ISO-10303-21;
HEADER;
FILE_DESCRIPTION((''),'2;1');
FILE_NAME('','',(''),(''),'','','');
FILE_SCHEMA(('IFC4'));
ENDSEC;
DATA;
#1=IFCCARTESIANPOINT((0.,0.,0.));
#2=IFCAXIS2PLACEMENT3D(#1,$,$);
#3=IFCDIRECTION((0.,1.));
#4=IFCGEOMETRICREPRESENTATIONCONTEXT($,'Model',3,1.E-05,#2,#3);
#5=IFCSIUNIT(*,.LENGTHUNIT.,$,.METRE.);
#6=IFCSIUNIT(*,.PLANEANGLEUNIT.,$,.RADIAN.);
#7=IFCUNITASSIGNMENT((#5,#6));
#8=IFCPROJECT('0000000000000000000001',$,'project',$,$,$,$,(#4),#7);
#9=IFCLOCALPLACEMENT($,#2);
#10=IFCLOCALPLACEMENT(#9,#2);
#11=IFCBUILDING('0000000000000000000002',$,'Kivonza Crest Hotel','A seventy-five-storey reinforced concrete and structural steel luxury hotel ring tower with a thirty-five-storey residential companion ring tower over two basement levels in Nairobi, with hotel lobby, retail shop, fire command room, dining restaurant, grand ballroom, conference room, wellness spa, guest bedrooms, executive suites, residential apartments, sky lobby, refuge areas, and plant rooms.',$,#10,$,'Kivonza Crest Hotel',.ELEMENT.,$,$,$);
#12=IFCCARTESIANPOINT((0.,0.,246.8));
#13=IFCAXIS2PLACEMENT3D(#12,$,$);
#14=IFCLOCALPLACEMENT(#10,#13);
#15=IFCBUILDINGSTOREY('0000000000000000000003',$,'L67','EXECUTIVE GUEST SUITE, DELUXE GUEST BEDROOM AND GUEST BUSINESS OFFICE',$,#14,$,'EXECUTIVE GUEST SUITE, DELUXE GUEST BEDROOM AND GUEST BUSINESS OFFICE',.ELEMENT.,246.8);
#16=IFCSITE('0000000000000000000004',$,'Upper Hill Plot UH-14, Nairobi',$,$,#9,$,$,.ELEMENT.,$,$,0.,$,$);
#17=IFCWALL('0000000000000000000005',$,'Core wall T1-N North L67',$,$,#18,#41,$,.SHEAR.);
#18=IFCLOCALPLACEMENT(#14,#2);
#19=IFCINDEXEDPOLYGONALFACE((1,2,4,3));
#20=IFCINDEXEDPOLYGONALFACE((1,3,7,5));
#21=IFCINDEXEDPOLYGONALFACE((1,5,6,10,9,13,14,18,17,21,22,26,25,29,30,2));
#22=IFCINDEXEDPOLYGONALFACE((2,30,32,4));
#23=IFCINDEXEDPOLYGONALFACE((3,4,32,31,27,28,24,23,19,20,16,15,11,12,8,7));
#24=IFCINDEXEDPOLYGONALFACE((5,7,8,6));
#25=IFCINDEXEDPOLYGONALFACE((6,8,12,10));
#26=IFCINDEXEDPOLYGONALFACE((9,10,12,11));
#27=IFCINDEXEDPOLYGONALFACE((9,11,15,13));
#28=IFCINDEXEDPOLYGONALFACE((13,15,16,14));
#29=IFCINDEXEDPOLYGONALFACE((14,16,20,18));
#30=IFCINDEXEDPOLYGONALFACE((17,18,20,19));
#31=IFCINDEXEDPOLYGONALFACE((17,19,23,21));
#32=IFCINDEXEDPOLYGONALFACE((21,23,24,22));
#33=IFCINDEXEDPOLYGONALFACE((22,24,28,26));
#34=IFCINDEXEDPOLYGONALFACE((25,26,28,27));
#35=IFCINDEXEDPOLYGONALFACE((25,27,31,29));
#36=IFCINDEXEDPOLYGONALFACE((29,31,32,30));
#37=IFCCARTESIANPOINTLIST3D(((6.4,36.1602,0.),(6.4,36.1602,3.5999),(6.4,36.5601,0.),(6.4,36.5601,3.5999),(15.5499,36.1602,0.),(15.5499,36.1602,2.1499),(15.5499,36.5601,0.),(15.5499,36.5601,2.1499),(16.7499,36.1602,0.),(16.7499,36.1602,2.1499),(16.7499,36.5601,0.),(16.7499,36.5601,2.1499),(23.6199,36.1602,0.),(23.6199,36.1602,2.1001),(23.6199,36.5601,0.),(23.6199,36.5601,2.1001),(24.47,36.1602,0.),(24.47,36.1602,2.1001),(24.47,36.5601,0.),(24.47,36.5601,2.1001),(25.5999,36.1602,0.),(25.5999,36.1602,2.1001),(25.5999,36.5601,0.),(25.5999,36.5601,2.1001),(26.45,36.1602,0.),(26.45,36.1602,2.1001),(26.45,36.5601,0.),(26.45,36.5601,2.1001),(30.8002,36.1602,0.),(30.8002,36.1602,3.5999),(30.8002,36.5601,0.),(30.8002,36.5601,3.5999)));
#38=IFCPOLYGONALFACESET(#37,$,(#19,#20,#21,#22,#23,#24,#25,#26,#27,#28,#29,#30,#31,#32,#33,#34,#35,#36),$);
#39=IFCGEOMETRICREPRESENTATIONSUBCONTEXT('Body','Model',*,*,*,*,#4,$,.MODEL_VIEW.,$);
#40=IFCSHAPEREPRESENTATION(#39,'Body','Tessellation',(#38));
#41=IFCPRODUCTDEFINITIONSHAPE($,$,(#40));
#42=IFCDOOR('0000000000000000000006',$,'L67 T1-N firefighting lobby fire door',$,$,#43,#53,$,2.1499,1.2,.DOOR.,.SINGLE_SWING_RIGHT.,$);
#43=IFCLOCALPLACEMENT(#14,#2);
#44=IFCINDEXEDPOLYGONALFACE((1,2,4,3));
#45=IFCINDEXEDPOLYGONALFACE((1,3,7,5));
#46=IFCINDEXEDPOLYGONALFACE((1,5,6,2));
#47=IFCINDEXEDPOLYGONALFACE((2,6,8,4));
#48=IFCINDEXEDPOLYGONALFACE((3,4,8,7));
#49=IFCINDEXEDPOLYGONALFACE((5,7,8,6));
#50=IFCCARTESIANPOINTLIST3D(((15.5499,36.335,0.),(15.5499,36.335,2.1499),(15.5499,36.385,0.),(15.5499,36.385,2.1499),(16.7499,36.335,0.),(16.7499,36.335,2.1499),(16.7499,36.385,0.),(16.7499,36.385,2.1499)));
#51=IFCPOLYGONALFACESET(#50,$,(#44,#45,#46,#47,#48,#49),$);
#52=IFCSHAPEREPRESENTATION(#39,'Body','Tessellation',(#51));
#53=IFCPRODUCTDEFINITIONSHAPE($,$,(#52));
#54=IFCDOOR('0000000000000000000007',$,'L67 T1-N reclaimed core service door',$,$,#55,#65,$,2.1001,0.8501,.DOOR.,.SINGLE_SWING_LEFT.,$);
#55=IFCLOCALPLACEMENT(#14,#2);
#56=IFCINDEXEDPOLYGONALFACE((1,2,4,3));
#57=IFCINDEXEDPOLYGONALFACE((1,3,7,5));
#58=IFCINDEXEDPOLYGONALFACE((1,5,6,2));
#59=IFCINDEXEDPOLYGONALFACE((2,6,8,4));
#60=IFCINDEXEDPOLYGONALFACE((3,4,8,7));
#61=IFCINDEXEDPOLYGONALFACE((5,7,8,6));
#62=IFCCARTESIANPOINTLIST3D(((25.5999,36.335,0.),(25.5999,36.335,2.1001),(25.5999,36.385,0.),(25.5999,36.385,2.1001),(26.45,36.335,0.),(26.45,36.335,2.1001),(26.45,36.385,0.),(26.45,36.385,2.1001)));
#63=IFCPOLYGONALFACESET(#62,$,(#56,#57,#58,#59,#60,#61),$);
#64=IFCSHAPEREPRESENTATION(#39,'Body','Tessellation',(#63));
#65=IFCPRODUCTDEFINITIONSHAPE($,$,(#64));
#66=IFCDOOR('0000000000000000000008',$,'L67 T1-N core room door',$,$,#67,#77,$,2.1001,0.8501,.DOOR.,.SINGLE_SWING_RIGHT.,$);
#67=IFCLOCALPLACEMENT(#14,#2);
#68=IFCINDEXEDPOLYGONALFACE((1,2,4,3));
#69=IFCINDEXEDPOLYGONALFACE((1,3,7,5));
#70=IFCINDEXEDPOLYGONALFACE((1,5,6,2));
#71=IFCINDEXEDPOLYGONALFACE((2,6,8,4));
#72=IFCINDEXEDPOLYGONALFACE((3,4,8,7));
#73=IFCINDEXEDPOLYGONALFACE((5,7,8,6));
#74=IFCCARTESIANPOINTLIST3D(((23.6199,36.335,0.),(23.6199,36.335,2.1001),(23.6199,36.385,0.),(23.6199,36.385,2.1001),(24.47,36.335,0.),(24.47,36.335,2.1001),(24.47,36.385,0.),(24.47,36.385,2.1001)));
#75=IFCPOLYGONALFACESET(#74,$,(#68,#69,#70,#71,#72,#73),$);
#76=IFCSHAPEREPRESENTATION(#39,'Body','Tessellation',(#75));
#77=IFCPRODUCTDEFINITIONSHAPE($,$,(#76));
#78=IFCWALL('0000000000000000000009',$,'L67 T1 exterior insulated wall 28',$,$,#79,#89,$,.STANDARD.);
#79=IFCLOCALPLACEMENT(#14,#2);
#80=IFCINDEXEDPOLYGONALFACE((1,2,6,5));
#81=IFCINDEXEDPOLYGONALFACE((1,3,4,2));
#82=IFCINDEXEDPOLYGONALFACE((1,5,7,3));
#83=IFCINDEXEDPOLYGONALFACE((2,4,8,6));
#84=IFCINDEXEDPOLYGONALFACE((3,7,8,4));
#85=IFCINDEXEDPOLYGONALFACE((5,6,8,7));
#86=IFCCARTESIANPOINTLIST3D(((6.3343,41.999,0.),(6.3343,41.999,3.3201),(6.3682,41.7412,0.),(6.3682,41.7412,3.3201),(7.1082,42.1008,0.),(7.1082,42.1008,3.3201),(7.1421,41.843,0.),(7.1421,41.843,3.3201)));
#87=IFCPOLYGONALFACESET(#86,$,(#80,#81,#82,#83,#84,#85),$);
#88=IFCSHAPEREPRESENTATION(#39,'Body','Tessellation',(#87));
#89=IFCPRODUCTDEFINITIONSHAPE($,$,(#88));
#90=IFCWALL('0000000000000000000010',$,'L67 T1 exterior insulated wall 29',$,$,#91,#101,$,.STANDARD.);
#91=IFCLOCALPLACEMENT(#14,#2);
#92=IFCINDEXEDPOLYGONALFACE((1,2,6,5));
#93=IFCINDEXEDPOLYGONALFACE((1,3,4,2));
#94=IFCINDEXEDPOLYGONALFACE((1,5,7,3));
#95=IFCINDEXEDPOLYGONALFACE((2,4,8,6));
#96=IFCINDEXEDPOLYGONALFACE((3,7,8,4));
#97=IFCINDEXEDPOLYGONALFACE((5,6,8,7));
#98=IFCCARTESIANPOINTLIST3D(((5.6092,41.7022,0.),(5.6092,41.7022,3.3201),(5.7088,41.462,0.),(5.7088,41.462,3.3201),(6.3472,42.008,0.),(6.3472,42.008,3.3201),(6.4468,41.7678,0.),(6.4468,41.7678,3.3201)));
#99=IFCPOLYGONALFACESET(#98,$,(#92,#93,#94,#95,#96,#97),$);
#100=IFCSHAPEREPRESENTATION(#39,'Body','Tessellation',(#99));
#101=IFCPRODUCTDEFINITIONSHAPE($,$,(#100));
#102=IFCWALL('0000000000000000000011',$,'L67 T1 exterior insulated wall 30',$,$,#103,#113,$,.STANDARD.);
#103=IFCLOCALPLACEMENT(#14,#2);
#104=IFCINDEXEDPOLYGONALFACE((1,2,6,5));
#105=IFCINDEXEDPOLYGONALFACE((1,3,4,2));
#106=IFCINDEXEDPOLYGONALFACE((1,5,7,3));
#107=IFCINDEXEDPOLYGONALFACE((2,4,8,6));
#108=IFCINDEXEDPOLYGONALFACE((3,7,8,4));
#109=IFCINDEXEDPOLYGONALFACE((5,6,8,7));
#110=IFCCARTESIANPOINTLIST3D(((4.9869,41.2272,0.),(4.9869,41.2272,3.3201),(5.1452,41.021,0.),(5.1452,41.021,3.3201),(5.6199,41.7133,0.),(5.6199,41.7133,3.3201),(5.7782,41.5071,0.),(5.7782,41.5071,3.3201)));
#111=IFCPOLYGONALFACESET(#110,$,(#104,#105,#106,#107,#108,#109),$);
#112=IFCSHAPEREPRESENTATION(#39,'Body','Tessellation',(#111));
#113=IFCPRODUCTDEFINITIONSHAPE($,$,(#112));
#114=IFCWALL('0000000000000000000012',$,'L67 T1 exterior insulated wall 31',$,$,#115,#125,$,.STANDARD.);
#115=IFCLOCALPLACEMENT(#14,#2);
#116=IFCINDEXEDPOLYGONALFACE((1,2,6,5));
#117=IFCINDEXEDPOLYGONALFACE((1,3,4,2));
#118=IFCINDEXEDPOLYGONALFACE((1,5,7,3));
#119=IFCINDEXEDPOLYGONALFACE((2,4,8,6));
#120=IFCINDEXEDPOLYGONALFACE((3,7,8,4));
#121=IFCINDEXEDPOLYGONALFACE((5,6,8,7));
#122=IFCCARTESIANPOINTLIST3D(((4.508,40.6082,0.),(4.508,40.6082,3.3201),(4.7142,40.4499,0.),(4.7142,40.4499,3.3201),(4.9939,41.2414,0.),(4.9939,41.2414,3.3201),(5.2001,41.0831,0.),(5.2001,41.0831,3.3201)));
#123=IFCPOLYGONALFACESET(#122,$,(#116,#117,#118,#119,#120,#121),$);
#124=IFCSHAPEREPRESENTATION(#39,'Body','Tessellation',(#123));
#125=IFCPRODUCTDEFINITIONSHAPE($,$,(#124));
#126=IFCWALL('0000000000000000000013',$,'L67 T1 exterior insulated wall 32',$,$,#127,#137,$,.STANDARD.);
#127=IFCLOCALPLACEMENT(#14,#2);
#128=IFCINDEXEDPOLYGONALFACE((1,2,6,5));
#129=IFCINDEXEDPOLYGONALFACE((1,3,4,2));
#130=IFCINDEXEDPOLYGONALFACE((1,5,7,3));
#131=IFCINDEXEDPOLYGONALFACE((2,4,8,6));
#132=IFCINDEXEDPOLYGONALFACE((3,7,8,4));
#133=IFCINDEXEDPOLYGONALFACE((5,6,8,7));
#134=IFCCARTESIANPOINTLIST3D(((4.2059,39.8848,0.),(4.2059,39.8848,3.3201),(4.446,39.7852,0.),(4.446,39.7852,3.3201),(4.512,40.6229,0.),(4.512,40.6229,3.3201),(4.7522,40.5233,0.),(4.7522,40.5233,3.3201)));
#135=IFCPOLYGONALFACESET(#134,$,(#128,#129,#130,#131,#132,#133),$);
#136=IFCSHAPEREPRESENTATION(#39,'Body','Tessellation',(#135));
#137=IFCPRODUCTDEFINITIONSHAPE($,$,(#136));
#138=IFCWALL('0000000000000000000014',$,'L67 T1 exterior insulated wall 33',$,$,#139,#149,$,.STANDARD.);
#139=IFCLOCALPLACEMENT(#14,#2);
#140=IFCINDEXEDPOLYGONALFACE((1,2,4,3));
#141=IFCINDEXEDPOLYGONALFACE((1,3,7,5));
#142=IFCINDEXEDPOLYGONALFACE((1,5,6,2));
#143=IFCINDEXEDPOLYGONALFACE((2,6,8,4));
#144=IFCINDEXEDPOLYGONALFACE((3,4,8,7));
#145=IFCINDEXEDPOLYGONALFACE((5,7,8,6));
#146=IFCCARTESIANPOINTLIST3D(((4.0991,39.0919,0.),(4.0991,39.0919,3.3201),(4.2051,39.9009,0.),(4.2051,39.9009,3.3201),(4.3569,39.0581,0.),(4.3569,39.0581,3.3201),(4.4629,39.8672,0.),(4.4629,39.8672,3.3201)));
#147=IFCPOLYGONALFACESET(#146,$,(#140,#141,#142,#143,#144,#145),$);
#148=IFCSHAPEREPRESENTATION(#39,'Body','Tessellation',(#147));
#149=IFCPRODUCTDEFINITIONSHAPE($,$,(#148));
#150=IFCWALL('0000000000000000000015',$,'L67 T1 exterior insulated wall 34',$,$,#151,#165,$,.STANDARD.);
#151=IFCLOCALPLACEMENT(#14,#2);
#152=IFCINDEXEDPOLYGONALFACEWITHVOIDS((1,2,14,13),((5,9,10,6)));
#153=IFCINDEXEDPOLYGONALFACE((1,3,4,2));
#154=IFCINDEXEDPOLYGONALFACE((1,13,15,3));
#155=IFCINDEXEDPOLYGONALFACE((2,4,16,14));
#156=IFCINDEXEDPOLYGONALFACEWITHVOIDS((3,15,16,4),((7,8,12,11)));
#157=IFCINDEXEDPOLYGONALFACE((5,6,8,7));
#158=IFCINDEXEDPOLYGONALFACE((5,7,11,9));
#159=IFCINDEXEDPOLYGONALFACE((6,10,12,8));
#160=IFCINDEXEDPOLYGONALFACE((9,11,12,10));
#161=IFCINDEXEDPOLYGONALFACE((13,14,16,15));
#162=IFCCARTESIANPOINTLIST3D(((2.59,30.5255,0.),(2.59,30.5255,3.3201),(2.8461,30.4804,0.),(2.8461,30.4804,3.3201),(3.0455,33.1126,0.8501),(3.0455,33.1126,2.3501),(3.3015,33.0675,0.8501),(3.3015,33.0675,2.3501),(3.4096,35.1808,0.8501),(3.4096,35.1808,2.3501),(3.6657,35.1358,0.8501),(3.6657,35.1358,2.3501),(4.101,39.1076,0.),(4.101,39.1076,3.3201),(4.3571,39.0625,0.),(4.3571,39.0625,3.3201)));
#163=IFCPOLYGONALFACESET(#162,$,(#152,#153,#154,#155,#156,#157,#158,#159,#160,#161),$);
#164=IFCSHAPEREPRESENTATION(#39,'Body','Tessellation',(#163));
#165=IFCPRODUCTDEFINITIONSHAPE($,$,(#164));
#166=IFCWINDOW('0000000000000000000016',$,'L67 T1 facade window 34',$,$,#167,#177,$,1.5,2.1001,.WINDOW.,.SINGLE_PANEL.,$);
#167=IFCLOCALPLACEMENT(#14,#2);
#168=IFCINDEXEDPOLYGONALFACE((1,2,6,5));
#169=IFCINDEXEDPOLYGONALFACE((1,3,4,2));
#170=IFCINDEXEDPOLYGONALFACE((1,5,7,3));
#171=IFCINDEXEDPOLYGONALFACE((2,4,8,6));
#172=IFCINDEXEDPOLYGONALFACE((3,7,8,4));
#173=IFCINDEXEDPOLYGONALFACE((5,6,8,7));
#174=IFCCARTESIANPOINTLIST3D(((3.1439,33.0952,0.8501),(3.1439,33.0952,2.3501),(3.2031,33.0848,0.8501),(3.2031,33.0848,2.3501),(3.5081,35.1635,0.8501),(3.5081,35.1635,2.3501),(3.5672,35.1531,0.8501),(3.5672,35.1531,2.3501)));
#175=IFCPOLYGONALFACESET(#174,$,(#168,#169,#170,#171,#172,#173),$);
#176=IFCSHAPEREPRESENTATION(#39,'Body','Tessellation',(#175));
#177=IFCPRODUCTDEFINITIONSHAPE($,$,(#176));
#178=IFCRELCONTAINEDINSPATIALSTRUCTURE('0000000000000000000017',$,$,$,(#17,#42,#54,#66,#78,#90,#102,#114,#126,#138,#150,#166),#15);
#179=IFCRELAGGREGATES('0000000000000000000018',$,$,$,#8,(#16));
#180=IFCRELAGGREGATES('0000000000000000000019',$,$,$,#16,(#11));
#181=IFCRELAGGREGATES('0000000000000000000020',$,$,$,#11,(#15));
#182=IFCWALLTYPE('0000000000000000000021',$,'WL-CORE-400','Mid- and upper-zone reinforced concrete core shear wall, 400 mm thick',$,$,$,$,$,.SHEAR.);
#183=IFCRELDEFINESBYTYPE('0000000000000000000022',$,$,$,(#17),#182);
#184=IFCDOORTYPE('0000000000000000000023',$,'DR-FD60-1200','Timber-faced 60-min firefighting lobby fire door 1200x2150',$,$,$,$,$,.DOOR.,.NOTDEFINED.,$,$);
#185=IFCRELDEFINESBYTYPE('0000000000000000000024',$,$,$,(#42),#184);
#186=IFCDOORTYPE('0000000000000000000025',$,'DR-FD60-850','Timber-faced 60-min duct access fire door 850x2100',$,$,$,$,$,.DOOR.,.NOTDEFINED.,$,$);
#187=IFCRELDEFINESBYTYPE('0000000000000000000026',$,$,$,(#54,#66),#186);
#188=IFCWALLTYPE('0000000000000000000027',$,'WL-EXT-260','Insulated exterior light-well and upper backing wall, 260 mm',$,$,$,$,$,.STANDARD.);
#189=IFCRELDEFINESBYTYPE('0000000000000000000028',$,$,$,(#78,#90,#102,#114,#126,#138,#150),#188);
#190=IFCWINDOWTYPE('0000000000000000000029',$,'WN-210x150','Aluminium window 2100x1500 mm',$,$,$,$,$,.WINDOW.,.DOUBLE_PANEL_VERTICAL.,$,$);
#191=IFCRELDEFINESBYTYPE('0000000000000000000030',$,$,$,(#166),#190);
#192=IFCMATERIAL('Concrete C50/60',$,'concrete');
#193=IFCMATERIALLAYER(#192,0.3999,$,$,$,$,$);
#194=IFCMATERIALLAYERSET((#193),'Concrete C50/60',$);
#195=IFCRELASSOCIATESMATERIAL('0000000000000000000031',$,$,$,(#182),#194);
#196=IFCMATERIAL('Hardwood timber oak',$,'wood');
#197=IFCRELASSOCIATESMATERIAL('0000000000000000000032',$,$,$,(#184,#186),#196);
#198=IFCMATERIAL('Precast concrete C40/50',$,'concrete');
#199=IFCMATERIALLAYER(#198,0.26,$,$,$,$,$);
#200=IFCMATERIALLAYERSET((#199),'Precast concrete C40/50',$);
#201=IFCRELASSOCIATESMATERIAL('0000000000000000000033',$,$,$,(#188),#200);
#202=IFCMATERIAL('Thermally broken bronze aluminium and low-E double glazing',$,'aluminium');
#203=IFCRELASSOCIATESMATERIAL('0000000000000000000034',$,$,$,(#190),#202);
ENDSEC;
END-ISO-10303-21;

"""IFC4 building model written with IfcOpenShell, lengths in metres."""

from ifc_helpers import new_model, si_unit, direction, frame, frame_2d, origin, place, context, subcontext, project, spatial, rectangle, extrude, material, layer, layer_set, type_object, element, fill, save


model = new_model("IFC4")

# Units and contexts
model_context = context("Model", 3, precision=1e-05, world=origin(), true_north=direction((0.0, 1.0)))
body_context = subcontext(model_context, "Body", "Model", "MODEL_VIEW")
ifc_project = project(units=[si_unit("LENGTHUNIT", "METRE"), si_unit("PLANEANGLEUNIT", "RADIAN")], contexts=[model_context])

# Site, building, storey
site_placement = place(None, origin())
site = spatial("IfcSite", under=ifc_project, at=site_placement, Name="Upper Hill Plot UH-14, Nairobi", CompositionType="ELEMENT", RefElevation=0.0)
building_placement = place(site_placement, origin())
building = spatial("IfcBuilding", under=site, at=building_placement, Name="Kivonza Crest Hotel", Description="A seventy-five-storey reinforced concrete and structural steel luxury hotel ring tower with a thirty-five-storey residential companion ring tower over two basement levels in Nairobi, with hotel lobby, retail shop, fire command room, dining restaurant, grand ballroom, conference room, wellness spa, guest bedrooms, executive suites, residential apartments, sky lobby, refuge areas, and plant rooms.", LongName="Kivonza Crest Hotel", CompositionType="ELEMENT")
storey_placement = place(building_placement, frame((0.0, 0.0, 246.8)))
storey = spatial("IfcBuildingStorey", under=building, at=storey_placement, Name="L67", Description="EXECUTIVE GUEST SUITE, DELUXE GUEST BEDROOM AND GUEST BUSINESS OFFICE", LongName="EXECUTIVE GUEST SUITE, DELUXE GUEST BEDROOM AND GUEST BUSINESS OFFICE", CompositionType="ELEMENT", Elevation=246.8)

# Shared definitions
ifc_material_1 = material(Name="Concrete C50/60", Category="concrete")

# Wall, openings, doors
ifc_layer_1 = layer(ifc_material_1, 0.3999)
ifc_layer_set_1 = layer_set([ifc_layer_1], Name="Concrete C50/60")
wall_type_1 = type_object("IfcWallType", Name="WL-CORE-400", Description="Mid- and upper-zone reinforced concrete core shear wall, 400 mm thick", PredefinedType="SHEAR", material=ifc_layer_set_1)
wall_1_placement = place(storey_placement, frame((6.3999, 36.3601, 0.0), z_axis=(0.0, 0.0, 1.0), x_axis=(1.0, 0.0, 0.0)))
wall_1 = element("IfcWall", 1, at=wall_1_placement, inside=storey, type_object=wall_type_1, Name="Core wall T1-N North L67", PredefinedType="SHEAR", context=body_context, shape_type="SweptSolid", body=[
    extrude(rectangle(XDim=24.4001, YDim=0.3999, at=frame_2d((12.2002, 0.0))), origin(), (0.0, 0.0, 1.0), 3.5999),
])
opening_1_placement = place(wall_1_placement, frame((9.1499, 0.0, 0.0)))
opening_1 = element("IfcOpeningElement", 2, at=opening_1_placement, cuts=wall_1, PredefinedType="OPENING", context=body_context, shape_type="SweptSolid", body=[
    extrude(rectangle(XDim=1.2, YDim=2.1499, at=frame_2d((0.6001, 1.075))), frame((0.0, 0.21, 0.0), z_axis=(0.0, -1.0, 0.0), x_axis=(1.0, 0.0, 0.0)), (0.0, 0.0, 1.0), 0.4199),
])
opening_2_placement = place(wall_1_placement, frame((19.2, 0.0, 0.0)))
opening_2 = element("IfcOpeningElement", 3, at=opening_2_placement, cuts=wall_1, PredefinedType="OPENING", context=body_context, shape_type="SweptSolid", body=[
    extrude(rectangle(XDim=0.8501, YDim=2.1001, at=frame_2d((0.425, 1.05))), frame((0.0, 0.21, 0.0), z_axis=(0.0, -1.0, 0.0), x_axis=(1.0, 0.0, 0.0)), (0.0, 0.0, 1.0), 0.4199),
])
opening_3_placement = place(wall_1_placement, frame((17.22, 0.0, 0.0)))
opening_3 = element("IfcOpeningElement", 4, at=opening_3_placement, cuts=wall_1, PredefinedType="OPENING", context=body_context, shape_type="SweptSolid", body=[
    extrude(rectangle(XDim=0.8501, YDim=2.1001, at=frame_2d((0.425, 1.05))), frame((0.0, 0.21, 0.0), z_axis=(0.0, -1.0, 0.0), x_axis=(1.0, 0.0, 0.0)), (0.0, 0.0, 1.0), 0.4199),
])
ifc_material_2 = material(Name="Hardwood timber oak", Category="wood")
door_type_1 = type_object("IfcDoorType", Name="DR-FD60-1200", Description="Timber-faced 60-min firefighting lobby fire door 1200x2150", OperationType="NOTDEFINED", PredefinedType="DOOR", material=ifc_material_2)
door_1_placement = place(opening_1_placement, origin())
door_1 = element("IfcDoor", 5, at=door_1_placement, inside=storey, type_object=door_type_1, Name="L67 T1-N firefighting lobby fire door", OperationType="SINGLE_SWING_RIGHT", OverallHeight=2.1499, OverallWidth=1.2, PredefinedType="DOOR", context=body_context, shape_type="SweptSolid", body=[
    extrude(rectangle(XDim=1.2, YDim=2.1499, at=frame_2d((0.6001, 1.075))), frame((0.0, 0.0249, 0.0), z_axis=(0.0, -1.0, 0.0), x_axis=(1.0, 0.0, 0.0)), (0.0, 0.0, 1.0), 0.05),
])
fill(opening_1, door_1)
door_type_2 = type_object("IfcDoorType", Name="DR-FD60-850", Description="Timber-faced 60-min duct access fire door 850x2100", OperationType="NOTDEFINED", PredefinedType="DOOR", material=ifc_material_2)
door_2_placement = place(opening_2_placement, origin())
door_2 = element("IfcDoor", 6, at=door_2_placement, inside=storey, type_object=door_type_2, Name="L67 T1-N reclaimed core service door", OperationType="SINGLE_SWING_LEFT", OverallHeight=2.1001, OverallWidth=0.8501, PredefinedType="DOOR", context=body_context, shape_type="SweptSolid", body=[
    extrude(rectangle(XDim=0.8501, YDim=2.1001, at=frame_2d((0.425, 1.05))), frame((0.0, 0.0249, 0.0), z_axis=(0.0, -1.0, 0.0), x_axis=(1.0, 0.0, 0.0)), (0.0, 0.0, 1.0), 0.05),
])
fill(opening_2, door_2)
door_3_placement = place(opening_3_placement, origin())
door_3 = element("IfcDoor", 7, at=door_3_placement, inside=storey, type_object=door_type_2, Name="L67 T1-N core room door", OperationType="SINGLE_SWING_RIGHT", OverallHeight=2.1001, OverallWidth=0.8501, PredefinedType="DOOR", context=body_context, shape_type="SweptSolid", body=[
    extrude(rectangle(XDim=0.8501, YDim=2.1001, at=frame_2d((0.425, 1.05))), frame((0.0, 0.0249, 0.0), z_axis=(0.0, -1.0, 0.0), x_axis=(1.0, 0.0, 0.0)), (0.0, 0.0, 1.0), 0.05),
])
fill(opening_3, door_3)

# Walls
ifc_material_3 = material(Name="Precast concrete C40/50", Category="concrete")
ifc_layer_2 = layer(ifc_material_3, 0.26)
ifc_layer_set_2 = layer_set([ifc_layer_2], Name="Precast concrete C40/50")
wall_type_2 = type_object("IfcWallType", Name="WL-EXT-260", Description="Insulated exterior light-well and upper backing wall, 260 mm", PredefinedType="STANDARD", material=ifc_layer_set_2)
wall_2_placement = place(storey_placement, frame((7.125, 41.9719, 0.0), z_axis=(0.0, 0.0, 1.0), x_axis=(-0.991459, -0.130422, 0.0)))
element("IfcWall", 8, at=wall_2_placement, inside=storey, type_object=wall_type_2, Name="L67 T1 exterior insulated wall 28", PredefinedType="STANDARD", context=body_context, shape_type="SweptSolid", body=[
    extrude(rectangle(XDim=0.7805, YDim=0.26, at=frame_2d((0.3901, 0.0))), origin(), (0.0, 0.0, 1.0), 3.3201),
])
wall_3_placement = place(storey_placement, frame((6.397, 41.8879, 0.0), z_axis=(0.0, 0.0, 1.0), x_axis=(-0.92379, -0.382901, 0.0)))
element("IfcWall", 9, at=wall_3_placement, inside=storey, type_object=wall_type_2, Name="L67 T1 exterior insulated wall 29", PredefinedType="STANDARD", context=body_context, shape_type="SweptSolid", body=[
    extrude(rectangle(XDim=0.7988, YDim=0.26, at=frame_2d((0.3994, 0.0))), origin(), (0.0, 0.0, 1.0), 3.3201),
])
for number, where, z_axis, x_axis, name in (
    (10, (5.699, 41.6101, 0.0), (0.0, 0.0, 1.0), (-0.793158, -0.609016, 0.0), "L67 T1 exterior insulated wall 30"),
    (11, (5.0969, 41.1621, 0.0), (0.0, 0.0, 1.0), (-0.608823, -0.793306, 0.0), "L67 T1 exterior insulated wall 31"),
):
    element("IfcWall", number, at=place(storey_placement, frame(where, z_axis=z_axis, x_axis=x_axis)), inside=storey, type_object=wall_type_2, Name=name, PredefinedType="STANDARD", context=body_context, shape_type="SweptSolid", body=[
        extrude(rectangle(XDim=0.7981, YDim=0.26, at=frame_2d((0.3989, 0.0))), origin(), (0.0, 0.0, 1.0), 3.3201),
    ])
wall_4_placement = place(storey_placement, frame((4.6321, 40.573, 0.0), z_axis=(0.0, 0.0, 1.0), x_axis=(-0.383161, -0.923681, 0.0)))
element("IfcWall", 12, at=wall_4_placement, inside=storey, type_object=wall_type_2, Name="L67 T1 exterior insulated wall 32", PredefinedType="STANDARD", context=body_context, shape_type="SweptSolid", body=[
    extrude(rectangle(XDim=0.7991, YDim=0.26, at=frame_2d((0.3994, 0.0))), origin(), (0.0, 0.0, 1.0), 3.3201),
])
wall_5_placement = place(storey_placement, frame((4.334, 39.884, 0.0), z_axis=(0.0, 0.0, 1.0), x_axis=(-0.129851, -0.991534, 0.0)))
element("IfcWall", 13, at=wall_5_placement, inside=storey, type_object=wall_type_2, Name="L67 T1 exterior insulated wall 33", PredefinedType="STANDARD", context=body_context, shape_type="SweptSolid", body=[
    extrude(rectangle(XDim=0.8159, YDim=0.26, at=frame_2d((0.408, 0.0))), origin(), (0.0, 0.0, 1.0), 3.3201),
])

# Wall, opening, window
wall_6_placement = place(storey_placement, frame((4.229, 39.085, 0.0), z_axis=(0.0, 0.0, 1.0), x_axis=(-0.173397, -0.984852, 0.0)))
wall_6 = element("IfcWall", 14, at=wall_6_placement, inside=storey, type_object=wall_type_2, Name="L67 T1 exterior insulated wall 34", PredefinedType="STANDARD", context=body_context, shape_type="SweptSolid", body=[
    extrude(rectangle(XDim=8.7141, YDim=0.26, at=frame_2d((4.3569, 0.0))), origin(), (0.0, 0.0, 1.0), 3.3201),
])
opening_4_placement = place(wall_6_placement, frame((3.9871, 0.0, 0.8501)))
opening_4 = element("IfcOpeningElement", 15, at=opening_4_placement, cuts=wall_6, PredefinedType="OPENING", context=body_context, shape_type="SweptSolid", body=[
    extrude(rectangle(XDim=2.1001, YDim=1.5, at=frame_2d((1.05, 0.75))), frame((0.0, 0.1401, 0.0), z_axis=(0.0, -1.0, 0.0), x_axis=(1.0, 0.0, 0.0)), (0.0, 0.0, 1.0), 0.28),
])
ifc_material_4 = material(Name="Thermally broken bronze aluminium and low-E double glazing", Category="aluminium")
window_type = type_object("IfcWindowType", Name="WN-210x150", Description="Aluminium window 2100x1500 mm", PartitioningType="DOUBLE_PANEL_VERTICAL", PredefinedType="WINDOW", material=ifc_material_4)
window_placement = place(opening_4_placement, origin())
window = element("IfcWindow", 16, at=window_placement, inside=storey, type_object=window_type, Name="L67 T1 facade window 34", OverallHeight=1.5, OverallWidth=2.1001, PartitioningType="SINGLE_PANEL", PredefinedType="WINDOW", context=body_context, shape_type="SweptSolid", body=[
    extrude(rectangle(XDim=2.1001, YDim=1.5, at=frame_2d((1.05, 0.75))), frame((0.0, 0.03, 0.0), z_axis=(0.0, -1.0, 0.0), x_axis=(1.0, 0.0, 0.0)), (0.0, 0.0, 1.0), 0.0601),
])
fill(opening_4, window)

save(model, "model.ifc")
